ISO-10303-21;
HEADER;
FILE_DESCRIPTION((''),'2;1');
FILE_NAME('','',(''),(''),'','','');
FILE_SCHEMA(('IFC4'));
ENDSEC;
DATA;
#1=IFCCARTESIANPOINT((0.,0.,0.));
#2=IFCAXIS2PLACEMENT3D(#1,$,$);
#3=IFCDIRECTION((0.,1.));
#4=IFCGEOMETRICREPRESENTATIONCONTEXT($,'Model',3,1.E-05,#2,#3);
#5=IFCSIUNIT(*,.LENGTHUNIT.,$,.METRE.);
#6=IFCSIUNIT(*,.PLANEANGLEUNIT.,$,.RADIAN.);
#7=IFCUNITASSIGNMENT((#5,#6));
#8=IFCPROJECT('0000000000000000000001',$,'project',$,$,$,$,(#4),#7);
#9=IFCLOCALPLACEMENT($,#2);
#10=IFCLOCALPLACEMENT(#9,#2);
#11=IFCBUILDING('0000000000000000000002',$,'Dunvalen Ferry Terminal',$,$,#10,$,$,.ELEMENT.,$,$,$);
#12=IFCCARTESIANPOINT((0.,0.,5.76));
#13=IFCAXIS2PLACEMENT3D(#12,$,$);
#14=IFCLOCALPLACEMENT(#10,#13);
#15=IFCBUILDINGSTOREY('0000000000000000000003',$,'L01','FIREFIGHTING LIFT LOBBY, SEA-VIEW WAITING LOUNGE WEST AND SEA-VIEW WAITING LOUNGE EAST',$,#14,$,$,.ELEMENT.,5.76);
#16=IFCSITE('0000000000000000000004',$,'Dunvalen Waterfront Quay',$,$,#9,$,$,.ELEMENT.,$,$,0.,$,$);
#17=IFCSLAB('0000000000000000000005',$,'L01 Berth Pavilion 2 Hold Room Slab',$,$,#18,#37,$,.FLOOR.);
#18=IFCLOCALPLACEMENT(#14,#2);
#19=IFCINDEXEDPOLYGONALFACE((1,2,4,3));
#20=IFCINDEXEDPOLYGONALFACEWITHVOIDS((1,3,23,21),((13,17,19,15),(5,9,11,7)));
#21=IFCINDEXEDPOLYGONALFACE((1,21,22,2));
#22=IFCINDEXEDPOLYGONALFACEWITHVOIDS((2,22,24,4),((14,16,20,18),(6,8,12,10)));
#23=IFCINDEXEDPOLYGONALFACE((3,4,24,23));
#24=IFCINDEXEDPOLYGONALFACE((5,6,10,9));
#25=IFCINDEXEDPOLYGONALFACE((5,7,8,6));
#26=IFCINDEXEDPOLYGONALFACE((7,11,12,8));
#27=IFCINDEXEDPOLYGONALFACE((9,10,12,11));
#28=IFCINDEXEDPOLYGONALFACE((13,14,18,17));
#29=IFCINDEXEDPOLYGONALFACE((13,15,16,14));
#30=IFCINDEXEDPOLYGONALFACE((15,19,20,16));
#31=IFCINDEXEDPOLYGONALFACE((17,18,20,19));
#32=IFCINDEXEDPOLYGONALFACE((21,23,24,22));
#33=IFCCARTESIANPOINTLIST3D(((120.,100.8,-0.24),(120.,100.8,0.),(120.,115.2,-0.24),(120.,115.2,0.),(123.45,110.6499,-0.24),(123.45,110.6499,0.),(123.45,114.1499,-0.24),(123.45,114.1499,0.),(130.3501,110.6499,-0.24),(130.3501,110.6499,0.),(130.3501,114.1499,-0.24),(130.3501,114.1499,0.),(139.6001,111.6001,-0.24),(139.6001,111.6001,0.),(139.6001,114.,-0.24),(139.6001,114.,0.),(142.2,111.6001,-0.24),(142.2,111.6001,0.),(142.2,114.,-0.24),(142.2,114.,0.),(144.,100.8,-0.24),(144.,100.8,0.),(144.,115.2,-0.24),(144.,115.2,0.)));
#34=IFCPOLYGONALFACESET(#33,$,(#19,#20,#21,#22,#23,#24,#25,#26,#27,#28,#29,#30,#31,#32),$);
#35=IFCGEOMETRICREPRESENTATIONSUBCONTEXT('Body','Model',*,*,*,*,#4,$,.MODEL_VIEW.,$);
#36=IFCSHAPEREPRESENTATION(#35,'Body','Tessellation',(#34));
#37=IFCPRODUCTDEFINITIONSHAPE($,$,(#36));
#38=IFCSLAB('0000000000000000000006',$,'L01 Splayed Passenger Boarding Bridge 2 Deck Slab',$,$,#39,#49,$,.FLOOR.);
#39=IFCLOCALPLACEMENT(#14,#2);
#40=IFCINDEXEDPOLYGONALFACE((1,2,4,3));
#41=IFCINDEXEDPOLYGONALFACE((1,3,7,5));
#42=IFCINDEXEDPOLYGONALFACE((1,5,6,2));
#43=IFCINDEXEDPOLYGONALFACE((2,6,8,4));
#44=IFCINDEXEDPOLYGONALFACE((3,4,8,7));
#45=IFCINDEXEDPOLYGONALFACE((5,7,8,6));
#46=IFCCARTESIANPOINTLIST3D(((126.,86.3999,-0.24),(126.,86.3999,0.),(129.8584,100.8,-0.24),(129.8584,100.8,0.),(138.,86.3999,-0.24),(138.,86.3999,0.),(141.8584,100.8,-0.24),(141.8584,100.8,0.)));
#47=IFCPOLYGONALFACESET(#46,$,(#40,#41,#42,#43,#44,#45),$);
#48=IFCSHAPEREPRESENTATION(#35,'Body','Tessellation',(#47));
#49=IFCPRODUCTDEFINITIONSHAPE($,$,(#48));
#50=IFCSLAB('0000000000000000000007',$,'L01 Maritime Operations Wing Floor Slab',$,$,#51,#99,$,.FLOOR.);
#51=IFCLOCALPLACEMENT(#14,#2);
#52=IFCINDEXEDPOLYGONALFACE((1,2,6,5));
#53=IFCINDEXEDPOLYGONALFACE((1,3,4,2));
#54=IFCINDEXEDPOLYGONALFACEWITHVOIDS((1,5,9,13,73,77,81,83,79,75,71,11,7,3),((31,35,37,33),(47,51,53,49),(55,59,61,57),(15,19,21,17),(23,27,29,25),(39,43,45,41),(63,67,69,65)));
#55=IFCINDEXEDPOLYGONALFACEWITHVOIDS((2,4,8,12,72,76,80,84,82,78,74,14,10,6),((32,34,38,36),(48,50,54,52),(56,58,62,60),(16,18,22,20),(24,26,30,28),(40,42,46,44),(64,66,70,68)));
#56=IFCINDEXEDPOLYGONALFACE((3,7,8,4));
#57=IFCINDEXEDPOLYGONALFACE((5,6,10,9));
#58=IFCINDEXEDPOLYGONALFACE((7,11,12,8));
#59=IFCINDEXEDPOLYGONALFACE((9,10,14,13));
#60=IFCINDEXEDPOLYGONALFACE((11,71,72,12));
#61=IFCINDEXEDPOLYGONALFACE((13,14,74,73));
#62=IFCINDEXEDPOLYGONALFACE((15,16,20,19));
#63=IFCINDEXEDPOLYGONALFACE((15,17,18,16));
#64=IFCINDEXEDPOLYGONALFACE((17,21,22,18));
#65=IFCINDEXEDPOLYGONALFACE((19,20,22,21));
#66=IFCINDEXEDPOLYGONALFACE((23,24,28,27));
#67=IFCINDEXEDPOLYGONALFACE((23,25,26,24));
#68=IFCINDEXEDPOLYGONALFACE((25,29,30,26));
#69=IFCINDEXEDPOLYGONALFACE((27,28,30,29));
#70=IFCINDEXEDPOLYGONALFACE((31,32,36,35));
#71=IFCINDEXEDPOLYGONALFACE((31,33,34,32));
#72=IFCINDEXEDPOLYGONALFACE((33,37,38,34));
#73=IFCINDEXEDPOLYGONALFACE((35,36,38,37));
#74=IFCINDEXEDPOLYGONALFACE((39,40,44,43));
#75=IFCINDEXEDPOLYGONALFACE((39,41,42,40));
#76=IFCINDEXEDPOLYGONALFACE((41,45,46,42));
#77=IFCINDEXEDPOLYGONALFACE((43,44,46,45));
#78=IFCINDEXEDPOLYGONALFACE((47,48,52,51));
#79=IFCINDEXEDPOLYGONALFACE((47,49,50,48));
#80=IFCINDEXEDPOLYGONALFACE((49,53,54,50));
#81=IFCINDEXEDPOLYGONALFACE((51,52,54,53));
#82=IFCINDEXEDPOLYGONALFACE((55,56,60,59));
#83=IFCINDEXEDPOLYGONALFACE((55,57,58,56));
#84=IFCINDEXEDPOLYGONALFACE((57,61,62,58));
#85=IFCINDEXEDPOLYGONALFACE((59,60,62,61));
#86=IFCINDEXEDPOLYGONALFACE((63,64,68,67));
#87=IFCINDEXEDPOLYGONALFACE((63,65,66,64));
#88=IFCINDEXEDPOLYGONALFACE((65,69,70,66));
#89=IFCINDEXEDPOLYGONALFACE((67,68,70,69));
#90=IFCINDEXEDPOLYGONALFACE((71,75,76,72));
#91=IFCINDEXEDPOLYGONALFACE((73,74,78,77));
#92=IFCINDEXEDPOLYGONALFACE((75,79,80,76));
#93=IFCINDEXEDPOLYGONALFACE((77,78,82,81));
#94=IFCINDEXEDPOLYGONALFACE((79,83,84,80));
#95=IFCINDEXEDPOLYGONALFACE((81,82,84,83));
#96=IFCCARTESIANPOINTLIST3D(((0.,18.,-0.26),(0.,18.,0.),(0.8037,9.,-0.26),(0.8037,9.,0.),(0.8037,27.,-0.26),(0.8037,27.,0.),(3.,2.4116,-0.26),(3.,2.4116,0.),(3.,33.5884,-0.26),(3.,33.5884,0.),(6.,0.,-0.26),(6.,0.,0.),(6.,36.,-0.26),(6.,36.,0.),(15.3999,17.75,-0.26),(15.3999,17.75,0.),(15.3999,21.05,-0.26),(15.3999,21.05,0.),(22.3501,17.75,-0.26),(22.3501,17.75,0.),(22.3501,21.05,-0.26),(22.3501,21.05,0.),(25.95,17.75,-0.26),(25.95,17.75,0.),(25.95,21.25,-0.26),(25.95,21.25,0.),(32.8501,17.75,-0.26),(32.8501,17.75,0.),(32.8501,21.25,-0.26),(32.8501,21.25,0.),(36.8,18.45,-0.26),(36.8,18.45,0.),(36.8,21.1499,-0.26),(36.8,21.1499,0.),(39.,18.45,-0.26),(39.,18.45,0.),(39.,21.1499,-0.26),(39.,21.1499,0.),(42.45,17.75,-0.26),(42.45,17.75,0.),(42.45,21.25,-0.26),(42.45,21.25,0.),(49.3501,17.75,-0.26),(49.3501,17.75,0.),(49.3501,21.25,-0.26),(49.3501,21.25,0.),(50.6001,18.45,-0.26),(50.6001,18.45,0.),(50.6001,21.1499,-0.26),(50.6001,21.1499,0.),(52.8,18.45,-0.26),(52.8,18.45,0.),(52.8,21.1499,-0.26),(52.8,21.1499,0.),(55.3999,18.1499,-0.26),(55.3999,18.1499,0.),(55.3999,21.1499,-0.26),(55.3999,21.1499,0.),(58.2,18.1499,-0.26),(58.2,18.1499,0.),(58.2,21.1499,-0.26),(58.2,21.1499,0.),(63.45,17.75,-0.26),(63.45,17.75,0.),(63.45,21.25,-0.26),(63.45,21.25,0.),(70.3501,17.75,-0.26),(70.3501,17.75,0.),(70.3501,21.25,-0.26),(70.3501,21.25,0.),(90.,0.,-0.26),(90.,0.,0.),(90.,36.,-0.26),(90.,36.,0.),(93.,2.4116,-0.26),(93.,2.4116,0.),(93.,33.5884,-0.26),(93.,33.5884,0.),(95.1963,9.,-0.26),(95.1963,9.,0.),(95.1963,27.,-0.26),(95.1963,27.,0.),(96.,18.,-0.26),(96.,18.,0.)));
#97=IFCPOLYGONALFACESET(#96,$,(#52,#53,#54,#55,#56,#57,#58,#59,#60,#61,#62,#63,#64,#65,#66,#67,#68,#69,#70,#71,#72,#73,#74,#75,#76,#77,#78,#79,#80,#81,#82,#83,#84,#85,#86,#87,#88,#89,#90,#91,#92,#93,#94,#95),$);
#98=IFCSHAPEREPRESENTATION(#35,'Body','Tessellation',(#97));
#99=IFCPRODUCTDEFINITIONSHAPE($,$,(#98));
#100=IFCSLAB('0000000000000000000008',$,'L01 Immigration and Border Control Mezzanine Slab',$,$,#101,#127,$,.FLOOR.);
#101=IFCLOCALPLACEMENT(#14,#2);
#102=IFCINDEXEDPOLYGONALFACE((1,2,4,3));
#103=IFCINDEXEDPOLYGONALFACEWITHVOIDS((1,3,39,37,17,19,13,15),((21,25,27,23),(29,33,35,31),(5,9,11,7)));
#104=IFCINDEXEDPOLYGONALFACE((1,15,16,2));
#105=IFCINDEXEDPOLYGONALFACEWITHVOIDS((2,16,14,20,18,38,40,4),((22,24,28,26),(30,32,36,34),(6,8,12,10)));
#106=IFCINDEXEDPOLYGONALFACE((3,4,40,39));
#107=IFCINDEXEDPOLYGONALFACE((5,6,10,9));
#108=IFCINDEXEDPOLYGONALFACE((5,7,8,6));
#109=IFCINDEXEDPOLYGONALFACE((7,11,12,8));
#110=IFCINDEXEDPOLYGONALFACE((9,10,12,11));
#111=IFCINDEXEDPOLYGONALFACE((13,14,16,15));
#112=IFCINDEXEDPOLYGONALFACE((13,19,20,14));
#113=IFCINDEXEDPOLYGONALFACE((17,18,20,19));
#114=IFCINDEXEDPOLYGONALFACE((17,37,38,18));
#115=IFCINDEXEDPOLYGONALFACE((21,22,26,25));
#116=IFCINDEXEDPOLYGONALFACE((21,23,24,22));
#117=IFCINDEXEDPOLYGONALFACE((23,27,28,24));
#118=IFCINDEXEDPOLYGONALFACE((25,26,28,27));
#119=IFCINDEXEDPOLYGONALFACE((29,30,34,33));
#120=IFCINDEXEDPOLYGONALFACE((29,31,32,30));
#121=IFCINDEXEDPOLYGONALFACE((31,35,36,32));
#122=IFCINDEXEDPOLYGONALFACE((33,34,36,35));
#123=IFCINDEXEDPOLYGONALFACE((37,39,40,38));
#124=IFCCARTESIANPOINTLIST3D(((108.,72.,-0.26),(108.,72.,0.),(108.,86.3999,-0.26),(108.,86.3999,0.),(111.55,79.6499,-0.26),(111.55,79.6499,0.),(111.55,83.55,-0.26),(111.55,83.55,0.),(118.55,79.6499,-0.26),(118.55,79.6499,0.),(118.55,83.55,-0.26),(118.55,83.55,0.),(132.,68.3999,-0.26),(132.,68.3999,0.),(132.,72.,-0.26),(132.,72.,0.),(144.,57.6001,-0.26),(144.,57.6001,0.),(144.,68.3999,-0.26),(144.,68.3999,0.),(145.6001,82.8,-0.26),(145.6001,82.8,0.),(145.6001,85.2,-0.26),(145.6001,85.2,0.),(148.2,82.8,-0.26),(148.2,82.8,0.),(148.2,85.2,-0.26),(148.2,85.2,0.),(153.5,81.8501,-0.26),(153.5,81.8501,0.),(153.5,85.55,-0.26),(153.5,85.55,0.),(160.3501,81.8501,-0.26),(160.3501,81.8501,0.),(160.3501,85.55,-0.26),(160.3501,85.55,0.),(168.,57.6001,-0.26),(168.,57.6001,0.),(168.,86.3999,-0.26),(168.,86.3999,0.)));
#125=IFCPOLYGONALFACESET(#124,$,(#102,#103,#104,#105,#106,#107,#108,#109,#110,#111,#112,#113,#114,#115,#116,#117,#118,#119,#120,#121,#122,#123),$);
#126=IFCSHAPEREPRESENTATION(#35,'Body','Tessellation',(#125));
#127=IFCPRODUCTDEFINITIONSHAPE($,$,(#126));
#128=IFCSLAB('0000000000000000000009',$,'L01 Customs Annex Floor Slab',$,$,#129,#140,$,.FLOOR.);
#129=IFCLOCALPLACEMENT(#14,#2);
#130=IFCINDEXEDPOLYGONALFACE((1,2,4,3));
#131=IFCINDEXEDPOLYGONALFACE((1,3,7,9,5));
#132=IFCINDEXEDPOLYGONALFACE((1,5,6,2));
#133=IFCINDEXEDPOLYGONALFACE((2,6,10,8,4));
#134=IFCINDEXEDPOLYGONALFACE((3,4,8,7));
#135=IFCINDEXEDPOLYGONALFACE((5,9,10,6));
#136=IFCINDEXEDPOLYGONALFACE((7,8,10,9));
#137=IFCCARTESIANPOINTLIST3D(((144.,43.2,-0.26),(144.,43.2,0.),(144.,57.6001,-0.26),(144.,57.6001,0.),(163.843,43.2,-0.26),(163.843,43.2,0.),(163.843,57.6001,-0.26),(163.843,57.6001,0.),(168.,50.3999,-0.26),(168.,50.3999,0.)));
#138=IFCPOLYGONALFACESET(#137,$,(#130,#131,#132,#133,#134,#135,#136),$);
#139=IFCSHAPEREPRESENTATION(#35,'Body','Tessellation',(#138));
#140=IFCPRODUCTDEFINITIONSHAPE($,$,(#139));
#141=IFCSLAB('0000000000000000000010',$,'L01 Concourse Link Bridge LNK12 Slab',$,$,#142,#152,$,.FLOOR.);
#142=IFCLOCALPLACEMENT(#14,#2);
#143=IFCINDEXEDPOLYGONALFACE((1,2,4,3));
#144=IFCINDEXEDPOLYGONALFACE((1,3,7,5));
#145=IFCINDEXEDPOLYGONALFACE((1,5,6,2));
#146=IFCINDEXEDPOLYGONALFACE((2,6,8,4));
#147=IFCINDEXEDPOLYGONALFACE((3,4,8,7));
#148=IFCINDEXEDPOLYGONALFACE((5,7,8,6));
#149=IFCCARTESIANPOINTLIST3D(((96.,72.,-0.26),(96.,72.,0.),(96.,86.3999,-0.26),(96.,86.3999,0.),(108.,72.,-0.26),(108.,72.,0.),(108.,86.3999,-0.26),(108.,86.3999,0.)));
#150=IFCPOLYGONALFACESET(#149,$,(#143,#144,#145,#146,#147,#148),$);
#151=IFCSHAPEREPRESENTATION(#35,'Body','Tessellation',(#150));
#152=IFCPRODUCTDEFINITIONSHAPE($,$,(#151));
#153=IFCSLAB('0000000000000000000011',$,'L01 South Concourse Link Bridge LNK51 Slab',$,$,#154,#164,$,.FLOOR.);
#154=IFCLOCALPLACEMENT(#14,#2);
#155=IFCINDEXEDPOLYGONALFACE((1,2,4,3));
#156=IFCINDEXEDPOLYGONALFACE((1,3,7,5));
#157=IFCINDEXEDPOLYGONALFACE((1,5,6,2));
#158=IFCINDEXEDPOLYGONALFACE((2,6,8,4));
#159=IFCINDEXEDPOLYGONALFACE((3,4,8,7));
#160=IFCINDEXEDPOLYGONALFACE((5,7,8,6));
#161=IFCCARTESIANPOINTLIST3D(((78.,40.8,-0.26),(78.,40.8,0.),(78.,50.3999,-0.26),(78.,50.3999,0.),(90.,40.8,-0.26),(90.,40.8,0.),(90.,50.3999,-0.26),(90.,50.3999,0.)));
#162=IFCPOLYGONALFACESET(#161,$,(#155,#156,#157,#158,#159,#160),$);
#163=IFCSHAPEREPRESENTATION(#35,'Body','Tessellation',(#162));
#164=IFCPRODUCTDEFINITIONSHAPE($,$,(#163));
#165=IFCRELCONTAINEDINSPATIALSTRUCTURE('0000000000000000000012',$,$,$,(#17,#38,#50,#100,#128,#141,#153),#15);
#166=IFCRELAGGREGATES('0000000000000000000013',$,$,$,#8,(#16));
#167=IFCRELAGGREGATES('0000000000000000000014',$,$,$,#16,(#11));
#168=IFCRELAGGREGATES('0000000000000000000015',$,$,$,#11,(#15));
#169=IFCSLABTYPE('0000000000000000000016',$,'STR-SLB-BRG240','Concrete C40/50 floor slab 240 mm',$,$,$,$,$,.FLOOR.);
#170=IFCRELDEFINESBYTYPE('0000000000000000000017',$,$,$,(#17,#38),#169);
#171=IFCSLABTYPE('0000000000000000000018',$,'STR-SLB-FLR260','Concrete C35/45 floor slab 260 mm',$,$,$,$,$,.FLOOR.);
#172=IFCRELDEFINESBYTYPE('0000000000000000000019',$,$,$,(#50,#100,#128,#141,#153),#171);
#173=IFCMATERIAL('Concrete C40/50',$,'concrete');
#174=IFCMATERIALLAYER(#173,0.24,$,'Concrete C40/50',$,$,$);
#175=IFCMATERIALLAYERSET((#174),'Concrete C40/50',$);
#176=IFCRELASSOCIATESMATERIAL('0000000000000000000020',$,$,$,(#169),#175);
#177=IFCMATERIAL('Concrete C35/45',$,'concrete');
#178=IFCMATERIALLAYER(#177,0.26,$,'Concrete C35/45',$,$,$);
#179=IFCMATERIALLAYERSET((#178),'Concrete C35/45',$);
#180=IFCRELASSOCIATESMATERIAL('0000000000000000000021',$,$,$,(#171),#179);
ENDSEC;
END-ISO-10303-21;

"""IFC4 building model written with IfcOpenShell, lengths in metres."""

from ifc_helpers import new_model, si_unit, direction, frame, origin, place, context, subcontext, project, spatial, polyline, outline, extrude, material, layer, layer_set, type_object, element, save


model = new_model("IFC4")

# Units and contexts
model_context = context("Model", 3, precision=1e-05, world=origin(), true_north=direction((0.0, 1.0)))
body_context = subcontext(model_context, "Body", "Model", "MODEL_VIEW")
ifc_project = project(units=[si_unit("LENGTHUNIT", "METRE"), si_unit("PLANEANGLEUNIT", "RADIAN")], contexts=[model_context])

# Site, building, storey
site_placement = place(None, origin())
site = spatial("IfcSite", under=ifc_project, at=site_placement, Name="Dunvalen Waterfront Quay", CompositionType="ELEMENT", RefElevation=0.0)
building_placement = place(site_placement, origin())
building = spatial("IfcBuilding", under=site, at=building_placement, Name="Dunvalen Ferry Terminal", CompositionType="ELEMENT")
storey_placement = place(building_placement, frame((0.0, 0.0, 5.76)))
storey = spatial("IfcBuildingStorey", under=building, at=storey_placement, Name="L01", Description="FIREFIGHTING LIFT LOBBY, SEA-VIEW WAITING LOUNGE WEST AND SEA-VIEW WAITING LOUNGE EAST", CompositionType="ELEMENT", Elevation=5.76)

# Shared definitions
ifc_material_1 = material(Name="Concrete C40/50", Category="concrete")

# Shared definitions
ifc_material_2 = material(Name="Concrete C35/45", Category="concrete")

# Slabs
ifc_layer_1 = layer(ifc_material_1, 0.24, Name="Concrete C40/50")
ifc_layer_set_1 = layer_set([ifc_layer_1], Name="Concrete C40/50")
slab_type_1 = type_object("IfcSlabType", Name="STR-SLB-BRG240", Description="Concrete C40/50 floor slab 240 mm", PredefinedType="FLOOR", material=ifc_layer_set_1)
slab_1_placement = place(storey_placement, frame((0.0, 0.0, -0.24)))
element("IfcSlab", 1, at=slab_1_placement, inside=storey, type_object=slab_type_1, Name="L01 Berth Pavilion 2 Hold Room Slab", PredefinedType="FLOOR", context=body_context, shape_type="SweptSolid", body=[
    extrude(outline(polyline([(120.0, 100.8), (144.0, 100.8), (144.0, 115.2), (120.0, 115.2), (120.0, 100.8)]), holes=[polyline([(123.45, 110.6499), (130.3501, 110.6499), (130.3501, 114.1499), (123.45, 114.1499), (123.45, 110.6499)]), polyline([(139.6001, 111.6001), (142.2, 111.6001), (142.2, 114.0), (139.6001, 114.0), (139.6001, 111.6001)])]), origin(), (0.0, 0.0, 1.0), 0.24),
])
slab_2_placement = place(storey_placement, frame((0.0, 0.0, -0.24)))
element("IfcSlab", 2, at=slab_2_placement, inside=storey, type_object=slab_type_1, Name="L01 Splayed Passenger Boarding Bridge 2 Deck Slab", PredefinedType="FLOOR", context=body_context, shape_type="SweptSolid", body=[
    extrude(outline(polyline([(126.0, 86.3999), (138.0, 86.3999), (141.8584, 100.8), (129.8584, 100.8), (126.0, 86.3999)])), origin(), (0.0, 0.0, 1.0), 0.24),
])
ifc_layer_2 = layer(ifc_material_2, 0.26, Name="Concrete C35/45")
ifc_layer_set_2 = layer_set([ifc_layer_2], Name="Concrete C35/45")
slab_type_2 = type_object("IfcSlabType", Name="STR-SLB-FLR260", Description="Concrete C35/45 floor slab 260 mm", PredefinedType="FLOOR", material=ifc_layer_set_2)
slab_3_placement = place(storey_placement, frame((0.0, 0.0, -0.26)))
element("IfcSlab", 3, at=slab_3_placement, inside=storey, type_object=slab_type_2, Name="L01 Maritime Operations Wing Floor Slab", PredefinedType="FLOOR", context=body_context, shape_type="SweptSolid", body=[
    extrude(outline(polyline([(6.0, 0.0), (90.0, 0.0), (93.0, 2.4116), (95.1963, 9.0), (96.0, 18.0), (95.1963, 27.0), (93.0, 33.5884), (90.0, 36.0), (6.0, 36.0), (3.0, 33.5884), (0.8037, 27.0), (0.0, 18.0), (0.8037, 9.0), (3.0, 2.4116), (6.0, 0.0)]), holes=[polyline([(25.95, 17.75), (32.8501, 17.75), (32.8501, 21.25), (25.95, 21.25), (25.95, 17.75)]), polyline([(42.45, 17.75), (49.3501, 17.75), (49.3501, 21.25), (42.45, 21.25), (42.45, 17.75)]), polyline([(63.45, 17.75), (70.3501, 17.75), (70.3501, 21.25), (63.45, 21.25), (63.45, 17.75)]), polyline([(15.3999, 17.75), (22.3501, 17.75), (22.3501, 21.05), (15.3999, 21.05), (15.3999, 17.75)]), polyline([(36.8, 18.45), (39.0, 18.45), (39.0, 21.1499), (36.8, 21.1499), (36.8, 18.45)]), polyline([(50.6001, 18.45), (52.8, 18.45), (52.8, 21.1499), (50.6001, 21.1499), (50.6001, 18.45)]), polyline([(55.3999, 18.1499), (58.2, 18.1499), (58.2, 21.1499), (55.3999, 21.1499), (55.3999, 18.1499)])]), origin(), (0.0, 0.0, 1.0), 0.26),
])
slab_4_placement = place(storey_placement, frame((0.0, 0.0, -0.26)))
element("IfcSlab", 4, at=slab_4_placement, inside=storey, type_object=slab_type_2, Name="L01 Immigration and Border Control Mezzanine Slab", PredefinedType="FLOOR", context=body_context, shape_type="SweptSolid", body=[
    extrude(outline(polyline([(108.0, 72.0), (132.0, 72.0), (132.0, 68.3999), (144.0, 68.3999), (144.0, 57.6001), (168.0, 57.6001), (168.0, 86.3999), (108.0, 86.3999), (108.0, 72.0)]), holes=[polyline([(153.5, 81.8501), (160.3501, 81.8501), (160.3501, 85.55), (153.5, 85.55), (153.5, 81.8501)]), polyline([(111.55, 79.6499), (118.55, 79.6499), (118.55, 83.55), (111.55, 83.55), (111.55, 79.6499)]), polyline([(145.6001, 82.8), (148.2, 82.8), (148.2, 85.2), (145.6001, 85.2), (145.6001, 82.8)])]), origin(), (0.0, 0.0, 1.0), 0.26),
])
slab_5_placement = place(storey_placement, frame((0.0, 0.0, -0.26)))
element("IfcSlab", 5, at=slab_5_placement, inside=storey, type_object=slab_type_2, Name="L01 Customs Annex Floor Slab", PredefinedType="FLOOR", context=body_context, shape_type="SweptSolid", body=[
    extrude(outline(polyline([(144.0, 43.2), (163.843, 43.2), (168.0, 50.3999), (163.843, 57.6001), (144.0, 57.6001), (144.0, 43.2)])), origin(), (0.0, 0.0, 1.0), 0.26),
])
slab_6_placement = place(storey_placement, frame((0.0, 0.0, -0.26)))
element("IfcSlab", 6, at=slab_6_placement, inside=storey, type_object=slab_type_2, Name="L01 Concourse Link Bridge LNK12 Slab", PredefinedType="FLOOR", context=body_context, shape_type="SweptSolid", body=[
    extrude(outline(polyline([(96.0, 72.0), (108.0, 72.0), (108.0, 86.3999), (96.0, 86.3999), (96.0, 72.0)])), origin(), (0.0, 0.0, 1.0), 0.26),
])
slab_7_placement = place(storey_placement, frame((0.0, 0.0, -0.26)))
element("IfcSlab", 7, at=slab_7_placement, inside=storey, type_object=slab_type_2, Name="L01 South Concourse Link Bridge LNK51 Slab", PredefinedType="FLOOR", context=body_context, shape_type="SweptSolid", body=[
    extrude(outline(polyline([(78.0, 40.8), (90.0, 40.8), (90.0, 50.3999), (78.0, 50.3999), (78.0, 40.8)])), origin(), (0.0, 0.0, 1.0), 0.26),
])

save(model, "model.ifc")
